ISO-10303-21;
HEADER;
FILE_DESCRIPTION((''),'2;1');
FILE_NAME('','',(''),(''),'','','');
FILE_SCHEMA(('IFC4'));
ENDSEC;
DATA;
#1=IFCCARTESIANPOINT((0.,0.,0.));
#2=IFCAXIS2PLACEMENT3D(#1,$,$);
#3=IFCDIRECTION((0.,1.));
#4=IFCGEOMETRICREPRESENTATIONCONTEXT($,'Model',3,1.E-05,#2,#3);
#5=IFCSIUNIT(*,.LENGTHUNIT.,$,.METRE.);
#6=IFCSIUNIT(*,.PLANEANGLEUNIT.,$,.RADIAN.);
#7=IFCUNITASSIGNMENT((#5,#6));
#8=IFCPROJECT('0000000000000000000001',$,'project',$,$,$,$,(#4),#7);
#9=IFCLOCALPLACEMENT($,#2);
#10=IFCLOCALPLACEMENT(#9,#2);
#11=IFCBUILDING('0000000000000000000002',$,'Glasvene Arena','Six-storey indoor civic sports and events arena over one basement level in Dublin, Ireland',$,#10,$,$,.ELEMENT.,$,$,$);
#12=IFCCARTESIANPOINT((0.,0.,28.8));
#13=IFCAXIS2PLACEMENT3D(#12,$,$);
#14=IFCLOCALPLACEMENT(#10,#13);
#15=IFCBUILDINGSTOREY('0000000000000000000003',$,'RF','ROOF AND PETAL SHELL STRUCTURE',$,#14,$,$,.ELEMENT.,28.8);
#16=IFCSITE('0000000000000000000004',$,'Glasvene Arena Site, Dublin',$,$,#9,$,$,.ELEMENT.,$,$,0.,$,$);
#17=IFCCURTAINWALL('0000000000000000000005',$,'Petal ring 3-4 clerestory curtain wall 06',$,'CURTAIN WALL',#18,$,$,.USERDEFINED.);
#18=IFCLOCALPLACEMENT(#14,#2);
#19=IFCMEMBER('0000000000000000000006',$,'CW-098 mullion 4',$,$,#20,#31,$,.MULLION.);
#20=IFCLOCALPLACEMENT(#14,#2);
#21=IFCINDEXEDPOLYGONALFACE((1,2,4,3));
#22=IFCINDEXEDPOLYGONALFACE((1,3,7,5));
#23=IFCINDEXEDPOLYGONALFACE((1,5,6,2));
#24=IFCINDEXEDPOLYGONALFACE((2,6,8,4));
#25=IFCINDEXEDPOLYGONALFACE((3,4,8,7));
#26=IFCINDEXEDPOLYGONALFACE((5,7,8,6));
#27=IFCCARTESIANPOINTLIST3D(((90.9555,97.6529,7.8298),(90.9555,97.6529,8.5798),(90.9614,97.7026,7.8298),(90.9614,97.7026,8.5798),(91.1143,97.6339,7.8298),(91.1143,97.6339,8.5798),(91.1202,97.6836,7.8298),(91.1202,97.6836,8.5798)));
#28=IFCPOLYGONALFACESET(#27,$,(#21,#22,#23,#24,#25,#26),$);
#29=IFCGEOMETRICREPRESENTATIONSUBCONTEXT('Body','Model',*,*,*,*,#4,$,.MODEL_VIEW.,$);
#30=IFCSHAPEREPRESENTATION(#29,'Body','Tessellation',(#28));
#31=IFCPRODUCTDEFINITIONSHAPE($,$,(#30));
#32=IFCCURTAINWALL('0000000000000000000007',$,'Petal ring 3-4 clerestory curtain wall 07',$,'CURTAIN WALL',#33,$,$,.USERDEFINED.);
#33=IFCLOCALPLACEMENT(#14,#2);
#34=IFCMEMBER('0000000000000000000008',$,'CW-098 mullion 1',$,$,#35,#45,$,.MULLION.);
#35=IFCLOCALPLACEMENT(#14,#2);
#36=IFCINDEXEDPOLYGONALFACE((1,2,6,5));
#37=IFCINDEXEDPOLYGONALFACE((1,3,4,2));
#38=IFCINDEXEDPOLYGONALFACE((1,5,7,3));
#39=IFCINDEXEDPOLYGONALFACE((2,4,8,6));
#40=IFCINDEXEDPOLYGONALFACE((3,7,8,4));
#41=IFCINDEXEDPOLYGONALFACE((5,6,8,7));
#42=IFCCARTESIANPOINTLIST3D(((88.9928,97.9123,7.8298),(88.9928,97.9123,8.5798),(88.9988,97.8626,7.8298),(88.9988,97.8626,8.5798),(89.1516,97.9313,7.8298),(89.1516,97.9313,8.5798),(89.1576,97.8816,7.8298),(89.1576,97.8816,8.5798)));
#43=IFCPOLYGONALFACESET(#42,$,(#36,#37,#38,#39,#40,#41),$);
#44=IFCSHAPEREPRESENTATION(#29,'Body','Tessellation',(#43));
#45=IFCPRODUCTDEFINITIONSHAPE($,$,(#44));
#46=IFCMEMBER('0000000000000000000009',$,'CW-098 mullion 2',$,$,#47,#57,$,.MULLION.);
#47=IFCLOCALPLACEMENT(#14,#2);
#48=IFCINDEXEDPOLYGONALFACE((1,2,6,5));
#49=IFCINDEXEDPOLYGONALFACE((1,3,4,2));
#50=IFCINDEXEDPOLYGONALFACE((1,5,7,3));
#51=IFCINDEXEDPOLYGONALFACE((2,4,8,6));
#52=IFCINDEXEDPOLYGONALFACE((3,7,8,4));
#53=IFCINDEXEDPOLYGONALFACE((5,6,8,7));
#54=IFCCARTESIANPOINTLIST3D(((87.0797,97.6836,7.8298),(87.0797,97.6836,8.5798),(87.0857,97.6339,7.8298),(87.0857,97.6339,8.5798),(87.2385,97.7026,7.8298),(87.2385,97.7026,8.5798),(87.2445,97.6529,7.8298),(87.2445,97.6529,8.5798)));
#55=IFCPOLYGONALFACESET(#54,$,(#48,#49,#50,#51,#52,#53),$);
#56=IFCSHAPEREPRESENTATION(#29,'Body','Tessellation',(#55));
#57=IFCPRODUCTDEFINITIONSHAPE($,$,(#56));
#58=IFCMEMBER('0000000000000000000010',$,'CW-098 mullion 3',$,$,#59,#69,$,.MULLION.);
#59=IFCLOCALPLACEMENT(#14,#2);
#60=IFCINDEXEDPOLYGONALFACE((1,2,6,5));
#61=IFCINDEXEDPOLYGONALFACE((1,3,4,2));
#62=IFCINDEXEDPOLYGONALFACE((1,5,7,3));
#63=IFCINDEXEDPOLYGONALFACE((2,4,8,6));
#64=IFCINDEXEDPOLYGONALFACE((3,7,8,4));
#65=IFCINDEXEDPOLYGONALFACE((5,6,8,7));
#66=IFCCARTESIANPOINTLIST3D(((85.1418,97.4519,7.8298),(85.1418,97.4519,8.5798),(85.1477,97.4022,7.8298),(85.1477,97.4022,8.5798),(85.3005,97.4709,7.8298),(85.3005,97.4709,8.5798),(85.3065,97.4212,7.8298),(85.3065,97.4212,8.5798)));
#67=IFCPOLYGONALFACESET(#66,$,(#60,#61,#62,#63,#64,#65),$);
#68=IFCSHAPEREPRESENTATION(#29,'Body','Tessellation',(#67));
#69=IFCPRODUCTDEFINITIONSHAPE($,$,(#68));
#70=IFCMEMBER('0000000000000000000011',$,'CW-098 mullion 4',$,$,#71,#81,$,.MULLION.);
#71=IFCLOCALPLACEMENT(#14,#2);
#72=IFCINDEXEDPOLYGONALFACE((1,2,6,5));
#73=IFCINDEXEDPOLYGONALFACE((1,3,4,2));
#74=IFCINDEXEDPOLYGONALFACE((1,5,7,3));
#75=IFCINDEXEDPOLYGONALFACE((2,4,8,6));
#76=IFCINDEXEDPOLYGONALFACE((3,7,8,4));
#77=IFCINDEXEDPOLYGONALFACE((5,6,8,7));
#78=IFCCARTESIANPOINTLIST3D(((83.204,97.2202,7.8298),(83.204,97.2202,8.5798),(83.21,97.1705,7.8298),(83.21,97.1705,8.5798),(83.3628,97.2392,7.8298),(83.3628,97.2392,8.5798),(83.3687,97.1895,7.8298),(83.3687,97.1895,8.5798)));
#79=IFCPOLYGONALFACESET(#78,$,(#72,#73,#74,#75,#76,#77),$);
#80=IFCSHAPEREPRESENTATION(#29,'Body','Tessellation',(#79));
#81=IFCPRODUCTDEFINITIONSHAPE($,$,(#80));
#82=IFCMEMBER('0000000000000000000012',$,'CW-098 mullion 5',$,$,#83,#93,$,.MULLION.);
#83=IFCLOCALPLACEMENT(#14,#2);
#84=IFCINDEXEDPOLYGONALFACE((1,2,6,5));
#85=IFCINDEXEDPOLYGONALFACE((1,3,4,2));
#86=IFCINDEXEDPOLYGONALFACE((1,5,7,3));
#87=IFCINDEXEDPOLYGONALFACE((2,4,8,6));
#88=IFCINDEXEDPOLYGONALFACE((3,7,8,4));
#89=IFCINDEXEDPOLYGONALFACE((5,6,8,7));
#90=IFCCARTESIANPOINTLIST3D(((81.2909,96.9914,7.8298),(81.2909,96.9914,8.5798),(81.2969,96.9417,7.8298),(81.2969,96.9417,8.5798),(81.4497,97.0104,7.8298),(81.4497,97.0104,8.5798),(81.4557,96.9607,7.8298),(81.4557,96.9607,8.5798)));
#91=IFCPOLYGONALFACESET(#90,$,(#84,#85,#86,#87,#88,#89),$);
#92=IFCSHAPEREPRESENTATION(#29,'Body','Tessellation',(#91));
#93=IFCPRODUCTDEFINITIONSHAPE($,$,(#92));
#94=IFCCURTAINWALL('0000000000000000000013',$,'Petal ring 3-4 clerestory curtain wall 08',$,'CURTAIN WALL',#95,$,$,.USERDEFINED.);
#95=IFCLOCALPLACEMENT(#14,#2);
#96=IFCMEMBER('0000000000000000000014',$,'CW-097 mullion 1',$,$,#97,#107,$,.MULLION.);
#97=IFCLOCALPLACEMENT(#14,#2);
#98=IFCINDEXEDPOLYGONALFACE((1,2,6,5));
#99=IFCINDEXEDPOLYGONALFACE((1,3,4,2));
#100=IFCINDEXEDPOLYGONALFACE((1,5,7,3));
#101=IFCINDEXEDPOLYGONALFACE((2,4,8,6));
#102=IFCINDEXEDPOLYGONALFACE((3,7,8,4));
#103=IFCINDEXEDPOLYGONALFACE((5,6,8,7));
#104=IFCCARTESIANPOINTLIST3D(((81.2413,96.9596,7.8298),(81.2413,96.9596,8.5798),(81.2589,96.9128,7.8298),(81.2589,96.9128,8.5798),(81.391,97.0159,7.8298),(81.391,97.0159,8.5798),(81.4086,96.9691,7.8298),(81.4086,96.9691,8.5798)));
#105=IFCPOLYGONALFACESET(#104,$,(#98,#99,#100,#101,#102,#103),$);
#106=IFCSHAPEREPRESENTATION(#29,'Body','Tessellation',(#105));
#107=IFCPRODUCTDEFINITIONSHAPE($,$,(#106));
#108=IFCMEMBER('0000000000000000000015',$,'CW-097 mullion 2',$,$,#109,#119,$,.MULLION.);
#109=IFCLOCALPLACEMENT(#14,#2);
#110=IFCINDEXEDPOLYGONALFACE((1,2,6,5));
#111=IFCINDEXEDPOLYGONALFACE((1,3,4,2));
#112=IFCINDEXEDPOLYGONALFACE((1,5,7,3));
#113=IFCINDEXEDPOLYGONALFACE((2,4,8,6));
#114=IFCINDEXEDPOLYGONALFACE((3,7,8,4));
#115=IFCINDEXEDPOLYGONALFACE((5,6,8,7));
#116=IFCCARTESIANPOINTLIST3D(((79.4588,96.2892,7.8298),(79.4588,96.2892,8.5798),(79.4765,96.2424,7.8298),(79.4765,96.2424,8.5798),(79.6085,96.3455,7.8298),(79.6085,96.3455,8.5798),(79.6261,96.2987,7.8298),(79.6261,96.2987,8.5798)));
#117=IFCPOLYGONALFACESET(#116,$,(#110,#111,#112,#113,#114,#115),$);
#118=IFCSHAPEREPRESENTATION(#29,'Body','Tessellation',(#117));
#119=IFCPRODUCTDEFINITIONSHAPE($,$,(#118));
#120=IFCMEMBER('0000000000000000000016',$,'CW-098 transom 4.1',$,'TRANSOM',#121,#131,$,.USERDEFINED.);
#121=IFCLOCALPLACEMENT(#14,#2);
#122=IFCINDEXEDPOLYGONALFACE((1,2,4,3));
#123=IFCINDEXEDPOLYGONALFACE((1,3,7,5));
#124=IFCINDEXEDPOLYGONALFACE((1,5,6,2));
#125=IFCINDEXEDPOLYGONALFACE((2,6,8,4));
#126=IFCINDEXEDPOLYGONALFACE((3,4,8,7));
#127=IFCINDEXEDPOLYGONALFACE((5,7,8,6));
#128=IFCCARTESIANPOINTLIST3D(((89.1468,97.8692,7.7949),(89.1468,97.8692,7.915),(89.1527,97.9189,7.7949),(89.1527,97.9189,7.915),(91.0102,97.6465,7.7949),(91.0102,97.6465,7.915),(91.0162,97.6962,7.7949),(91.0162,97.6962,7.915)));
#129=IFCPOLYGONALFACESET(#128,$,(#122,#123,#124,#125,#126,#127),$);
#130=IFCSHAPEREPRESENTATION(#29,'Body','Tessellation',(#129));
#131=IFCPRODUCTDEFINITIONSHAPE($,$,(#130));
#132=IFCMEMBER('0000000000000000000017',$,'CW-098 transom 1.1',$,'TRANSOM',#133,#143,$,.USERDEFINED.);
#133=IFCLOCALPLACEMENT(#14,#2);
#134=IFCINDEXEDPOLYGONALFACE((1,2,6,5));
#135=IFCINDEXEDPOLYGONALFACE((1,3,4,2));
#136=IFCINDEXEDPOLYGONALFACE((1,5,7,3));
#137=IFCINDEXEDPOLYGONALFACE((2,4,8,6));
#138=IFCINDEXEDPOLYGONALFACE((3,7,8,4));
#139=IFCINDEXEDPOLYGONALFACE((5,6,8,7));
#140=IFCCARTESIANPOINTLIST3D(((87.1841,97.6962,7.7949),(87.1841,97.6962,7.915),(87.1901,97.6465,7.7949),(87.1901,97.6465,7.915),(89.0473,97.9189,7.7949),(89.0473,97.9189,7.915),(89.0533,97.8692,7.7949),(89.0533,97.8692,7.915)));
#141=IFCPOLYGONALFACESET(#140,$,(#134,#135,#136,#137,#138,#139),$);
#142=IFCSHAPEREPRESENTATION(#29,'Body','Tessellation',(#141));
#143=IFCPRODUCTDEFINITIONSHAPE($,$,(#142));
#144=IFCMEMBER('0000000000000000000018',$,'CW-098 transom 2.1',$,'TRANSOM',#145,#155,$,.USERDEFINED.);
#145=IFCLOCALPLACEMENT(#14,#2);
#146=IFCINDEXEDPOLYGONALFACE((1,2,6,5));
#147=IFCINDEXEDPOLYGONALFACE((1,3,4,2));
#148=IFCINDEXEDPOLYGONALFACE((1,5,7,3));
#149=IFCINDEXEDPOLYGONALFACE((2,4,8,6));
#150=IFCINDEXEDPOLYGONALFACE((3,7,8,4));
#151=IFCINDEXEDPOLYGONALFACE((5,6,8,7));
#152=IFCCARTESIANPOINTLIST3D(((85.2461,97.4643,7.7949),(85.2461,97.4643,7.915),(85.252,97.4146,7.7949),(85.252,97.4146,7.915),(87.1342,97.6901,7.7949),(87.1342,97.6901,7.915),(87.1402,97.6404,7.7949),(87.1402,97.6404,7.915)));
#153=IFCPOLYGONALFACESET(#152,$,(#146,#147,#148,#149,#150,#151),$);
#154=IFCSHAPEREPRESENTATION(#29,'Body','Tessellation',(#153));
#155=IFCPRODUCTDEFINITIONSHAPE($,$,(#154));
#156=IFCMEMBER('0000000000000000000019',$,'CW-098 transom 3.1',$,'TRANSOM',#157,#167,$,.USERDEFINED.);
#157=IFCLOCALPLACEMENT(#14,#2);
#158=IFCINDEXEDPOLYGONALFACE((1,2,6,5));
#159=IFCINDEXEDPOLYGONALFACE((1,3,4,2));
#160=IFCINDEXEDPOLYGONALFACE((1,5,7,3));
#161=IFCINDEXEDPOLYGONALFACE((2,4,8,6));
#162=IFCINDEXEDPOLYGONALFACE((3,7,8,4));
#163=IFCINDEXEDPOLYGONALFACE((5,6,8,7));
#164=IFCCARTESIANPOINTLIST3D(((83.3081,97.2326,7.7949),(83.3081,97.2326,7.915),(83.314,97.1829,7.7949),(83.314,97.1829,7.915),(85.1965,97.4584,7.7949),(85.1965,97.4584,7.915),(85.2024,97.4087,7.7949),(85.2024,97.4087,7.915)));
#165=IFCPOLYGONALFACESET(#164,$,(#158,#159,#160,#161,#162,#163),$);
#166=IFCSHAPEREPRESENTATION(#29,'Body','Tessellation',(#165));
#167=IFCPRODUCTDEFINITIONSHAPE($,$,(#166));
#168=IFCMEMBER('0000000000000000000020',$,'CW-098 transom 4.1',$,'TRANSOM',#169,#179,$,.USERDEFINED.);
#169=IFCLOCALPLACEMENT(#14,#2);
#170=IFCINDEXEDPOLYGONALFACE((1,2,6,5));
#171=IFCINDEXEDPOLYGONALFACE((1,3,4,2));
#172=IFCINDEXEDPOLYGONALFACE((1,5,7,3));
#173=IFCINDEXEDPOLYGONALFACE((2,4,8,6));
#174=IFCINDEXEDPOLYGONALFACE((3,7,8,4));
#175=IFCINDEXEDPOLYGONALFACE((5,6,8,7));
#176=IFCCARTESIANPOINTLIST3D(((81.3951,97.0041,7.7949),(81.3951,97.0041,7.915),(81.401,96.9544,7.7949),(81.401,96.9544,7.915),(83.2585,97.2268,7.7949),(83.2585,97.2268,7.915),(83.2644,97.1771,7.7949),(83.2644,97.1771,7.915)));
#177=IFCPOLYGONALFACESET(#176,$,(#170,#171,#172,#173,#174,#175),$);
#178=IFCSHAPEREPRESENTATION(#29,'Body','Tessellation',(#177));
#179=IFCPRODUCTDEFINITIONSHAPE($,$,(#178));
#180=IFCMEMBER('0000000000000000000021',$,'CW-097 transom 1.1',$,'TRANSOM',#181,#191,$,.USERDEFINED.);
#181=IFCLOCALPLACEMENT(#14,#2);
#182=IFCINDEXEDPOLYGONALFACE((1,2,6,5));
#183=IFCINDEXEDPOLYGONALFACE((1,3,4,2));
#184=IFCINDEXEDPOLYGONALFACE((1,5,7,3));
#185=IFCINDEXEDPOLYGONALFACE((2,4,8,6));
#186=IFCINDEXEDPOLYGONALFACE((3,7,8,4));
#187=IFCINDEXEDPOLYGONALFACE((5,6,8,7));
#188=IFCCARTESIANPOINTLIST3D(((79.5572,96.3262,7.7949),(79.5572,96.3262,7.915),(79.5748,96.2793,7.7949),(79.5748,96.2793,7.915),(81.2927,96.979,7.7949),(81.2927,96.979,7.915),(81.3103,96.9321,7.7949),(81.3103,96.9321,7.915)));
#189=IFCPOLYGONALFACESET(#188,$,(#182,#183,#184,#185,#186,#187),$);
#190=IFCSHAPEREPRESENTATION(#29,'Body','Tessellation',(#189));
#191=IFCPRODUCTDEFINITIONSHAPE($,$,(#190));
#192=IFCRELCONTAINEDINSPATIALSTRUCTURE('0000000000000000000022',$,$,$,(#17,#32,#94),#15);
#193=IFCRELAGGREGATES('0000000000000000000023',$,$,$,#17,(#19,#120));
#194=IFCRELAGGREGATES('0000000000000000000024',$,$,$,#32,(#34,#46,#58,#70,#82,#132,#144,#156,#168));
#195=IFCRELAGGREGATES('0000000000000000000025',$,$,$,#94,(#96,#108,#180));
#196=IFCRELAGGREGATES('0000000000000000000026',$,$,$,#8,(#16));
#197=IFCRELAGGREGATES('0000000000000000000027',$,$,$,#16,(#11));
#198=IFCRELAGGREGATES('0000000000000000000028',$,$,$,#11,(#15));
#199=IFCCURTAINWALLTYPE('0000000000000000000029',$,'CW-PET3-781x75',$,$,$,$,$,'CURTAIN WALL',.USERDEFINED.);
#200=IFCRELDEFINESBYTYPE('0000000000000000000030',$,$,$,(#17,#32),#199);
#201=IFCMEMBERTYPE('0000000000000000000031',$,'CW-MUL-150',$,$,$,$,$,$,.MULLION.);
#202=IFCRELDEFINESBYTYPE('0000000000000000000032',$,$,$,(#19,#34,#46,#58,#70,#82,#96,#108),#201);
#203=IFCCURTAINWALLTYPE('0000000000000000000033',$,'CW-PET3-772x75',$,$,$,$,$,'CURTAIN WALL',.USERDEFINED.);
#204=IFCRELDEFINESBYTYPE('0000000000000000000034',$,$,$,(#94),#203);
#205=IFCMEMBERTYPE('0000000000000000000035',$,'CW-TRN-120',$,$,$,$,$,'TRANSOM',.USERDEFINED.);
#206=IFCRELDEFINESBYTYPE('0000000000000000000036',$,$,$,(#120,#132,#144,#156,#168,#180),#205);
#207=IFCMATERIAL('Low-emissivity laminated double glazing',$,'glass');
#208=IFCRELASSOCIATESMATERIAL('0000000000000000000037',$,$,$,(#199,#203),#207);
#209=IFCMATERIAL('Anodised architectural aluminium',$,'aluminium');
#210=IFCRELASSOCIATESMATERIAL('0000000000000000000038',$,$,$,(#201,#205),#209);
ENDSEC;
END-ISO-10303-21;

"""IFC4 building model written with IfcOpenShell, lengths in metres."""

from ifc_helpers import new_model, si_unit, direction, frame, origin, origin_2d, place, context, subcontext, project, spatial, rectangle, extrude, material, material_profile, profile_set, type_object, element, aggregate, save


model = new_model("IFC4")

# Units and contexts
model_context = context("Model", 3, precision=1e-05, world=origin(), true_north=direction((0.0, 1.0)))
body_context = subcontext(model_context, "Body", "Model", "MODEL_VIEW")
ifc_project = project(units=[si_unit("LENGTHUNIT", "METRE"), si_unit("PLANEANGLEUNIT", "RADIAN")], contexts=[model_context])

# Site, building, storey
site_placement = place(None, origin())
site = spatial("IfcSite", under=ifc_project, at=site_placement, Name="Glasvene Arena Site, Dublin", CompositionType="ELEMENT", RefElevation=0.0)
building_placement = place(site_placement, origin())
building = spatial("IfcBuilding", under=site, at=building_placement, Name="Glasvene Arena", Description="Six-storey indoor civic sports and events arena over one basement level in Dublin, Ireland", CompositionType="ELEMENT")
storey_placement = place(building_placement, frame((0.0, 0.0, 28.8)))
storey = spatial("IfcBuildingStorey", under=building, at=storey_placement, Name="RF", Description="ROOF AND PETAL SHELL STRUCTURE", CompositionType="ELEMENT", Elevation=28.8)

# Curtain wall, member
ifc_material_1 = material(Name="Low-emissivity laminated double glazing", Category="glass")
curtain_wall_type_1 = type_object("IfcCurtainWallType", Name="CW-PET3-781x75", ElementType="CURTAIN WALL", PredefinedType="USERDEFINED", material=ifc_material_1)
curtain_wall_1_placement = place(storey_placement, frame((96.8516, 96.9731, 0.0)))
curtain_wall_1 = element("IfcCurtainWall", 1, at=curtain_wall_1_placement, inside=storey, type_object=curtain_wall_type_1, Name="Petal ring 3-4 clerestory curtain wall 06", ObjectType="CURTAIN WALL", PredefinedType="USERDEFINED")
ifc_material_2 = material(Name="Anodised architectural aluminium", Category="aluminium")
ifc_material_profile_1 = material_profile(ifc_material_2, rectangle(XDim=0.05, YDim=0.1599, at=origin_2d()), Name="ALU MULLION 50x160")
ifc_profile_set_1 = profile_set([ifc_material_profile_1], Name="Anodised architectural aluminium")
member_type_1 = type_object("IfcMemberType", Name="CW-MUL-150", PredefinedType="MULLION", material=ifc_profile_set_1)
member_1_placement = place(storey_placement, frame((91.0378, 97.6682, 7.8298), z_axis=(0.0, 0.0, 1.0), x_axis=(-0.118717, -0.992928, 0.0)))
member_1 = element("IfcMember", 2, at=member_1_placement, type_object=member_type_1, Name="CW-098 mullion 4", PredefinedType="MULLION", context=body_context, shape_type="SweptSolid", body=[
    extrude(rectangle(XDim=0.05, YDim=0.1599, at=origin_2d()), origin(), (0.0, 0.0, 1.0), 0.75),
])

# Curtain walls, members
curtain_wall_2_placement = place(storey_placement, frame((89.1001, 97.8999, 0.0)))
curtain_wall_2 = element("IfcCurtainWall", 3, at=curtain_wall_2_placement, inside=storey, type_object=curtain_wall_type_1, Name="Petal ring 3-4 clerestory curtain wall 07", ObjectType="CURTAIN WALL", PredefinedType="USERDEFINED")
member_2_placement = place(storey_placement, frame((89.0752, 97.897, 7.8298), z_axis=(0.0, 0.0, 1.0), x_axis=(0.118717, -0.992928, 0.0)))
member_2 = element("IfcMember", 4, at=member_2_placement, type_object=member_type_1, Name="CW-098 mullion 1", PredefinedType="MULLION", context=body_context, shape_type="SweptSolid", body=[
    extrude(rectangle(XDim=0.05, YDim=0.1599, at=origin_2d()), origin(), (0.0, 0.0, 1.0), 0.75),
])
member_3_placement = place(storey_placement, frame((87.1621, 97.6682, 7.8298), z_axis=(0.0, 0.0, 1.0), x_axis=(0.118717, -0.992928, 0.0)))
member_3 = element("IfcMember", 5, at=member_3_placement, type_object=member_type_1, Name="CW-098 mullion 2", PredefinedType="MULLION", context=body_context, shape_type="SweptSolid", body=[
    extrude(rectangle(XDim=0.05, YDim=0.1599, at=origin_2d()), origin(), (0.0, 0.0, 1.0), 0.75),
])
member_4_placement = place(storey_placement, frame((85.2241, 97.4365, 7.8298), z_axis=(0.0, 0.0, 1.0), x_axis=(0.118717, -0.992928, 0.0)))
member_4 = element("IfcMember", 6, at=member_4_placement, type_object=member_type_1, Name="CW-098 mullion 3", PredefinedType="MULLION", context=body_context, shape_type="SweptSolid", body=[
    extrude(rectangle(XDim=0.05, YDim=0.1599, at=origin_2d()), origin(), (0.0, 0.0, 1.0), 0.75),
])
member_5_placement = place(storey_placement, frame((83.2864, 97.2048, 7.8298), z_axis=(0.0, 0.0, 1.0), x_axis=(0.118717, -0.992928, 0.0)))
member_5 = element("IfcMember", 7, at=member_5_placement, type_object=member_type_1, Name="CW-098 mullion 4", PredefinedType="MULLION", context=body_context, shape_type="SweptSolid", body=[
    extrude(rectangle(XDim=0.05, YDim=0.1599, at=origin_2d()), origin(), (0.0, 0.0, 1.0), 0.75),
])
member_6_placement = place(storey_placement, frame((81.3733, 96.9761, 7.8298), z_axis=(0.0, 0.0, 1.0), x_axis=(0.118717, -0.992928, 0.0)))
member_6 = element("IfcMember", 8, at=member_6_placement, type_object=member_type_1, Name="CW-098 mullion 5", PredefinedType="MULLION", context=body_context, shape_type="SweptSolid", body=[
    extrude(rectangle(XDim=0.05, YDim=0.1599, at=origin_2d()), origin(), (0.0, 0.0, 1.0), 0.75),
])
curtain_wall_type_2 = type_object("IfcCurtainWallType", Name="CW-PET3-772x75", ElementType="CURTAIN WALL", PredefinedType="USERDEFINED", material=ifc_material_1)
curtain_wall_3_placement = place(storey_placement, frame((81.3484, 96.9731, 0.0)))
curtain_wall_3 = element("IfcCurtainWall", 9, at=curtain_wall_3_placement, inside=storey, type_object=curtain_wall_type_2, Name="Petal ring 3-4 clerestory curtain wall 08", ObjectType="CURTAIN WALL", PredefinedType="USERDEFINED")
member_7_placement = place(storey_placement, frame((81.325, 96.9644, 7.8298), z_axis=(0.0, 0.0, 1.0), x_axis=(0.352092, -0.935966, 0.0)))
member_7 = element("IfcMember", 10, at=member_7_placement, type_object=member_type_1, Name="CW-097 mullion 1", PredefinedType="MULLION", context=body_context, shape_type="SweptSolid", body=[
    extrude(rectangle(XDim=0.05, YDim=0.1599, at=origin_2d()), origin(), (0.0, 0.0, 1.0), 0.75),
])
member_8_placement = place(storey_placement, frame((79.5425, 96.2939, 7.8298), z_axis=(0.0, 0.0, 1.0), x_axis=(0.352092, -0.935966, 0.0)))
member_8 = element("IfcMember", 11, at=member_8_placement, type_object=member_type_1, Name="CW-097 mullion 2", PredefinedType="MULLION", context=body_context, shape_type="SweptSolid", body=[
    extrude(rectangle(XDim=0.05, YDim=0.1599, at=origin_2d()), origin(), (0.0, 0.0, 1.0), 0.75),
])

# Members
ifc_material_profile_2 = material_profile(ifc_material_2, rectangle(XDim=0.05, YDim=0.1201, at=origin_2d()), Name="ALU TRANSOM 50x120")
ifc_profile_set_2 = profile_set([ifc_material_profile_2], Name="Anodised architectural aluminium")
member_type_2 = type_object("IfcMemberType", Name="CW-TRN-120", ElementType="TRANSOM", PredefinedType="USERDEFINED", material=ifc_profile_set_2)
member_9_placement = place(storey_placement, frame((91.0132, 97.6714, 7.855), z_axis=(-0.992938, 0.118637, 0.0), x_axis=(-0.118637, -0.992938, 0.0)))
member_9 = element("IfcMember", 12, at=member_9_placement, type_object=member_type_2, Name="CW-098 transom 4.1", ObjectType="TRANSOM", PredefinedType="USERDEFINED", context=body_context, shape_type="SweptSolid", body=[
    extrude(rectangle(XDim=0.05, YDim=0.1201, at=origin_2d()), origin(), (0.0, 0.0, 1.0), 1.8767),
])
member_10_placement = place(storey_placement, frame((89.0503, 97.894, 7.855), z_axis=(-0.992936, -0.118653, 0.0), x_axis=(0.118653, -0.992936, 0.0)))
member_10 = element("IfcMember", 13, at=member_10_placement, type_object=member_type_2, Name="CW-098 transom 1.1", ObjectType="TRANSOM", PredefinedType="USERDEFINED", context=body_context, shape_type="SweptSolid", body=[
    extrude(rectangle(XDim=0.05, YDim=0.1201, at=origin_2d()), origin(), (0.0, 0.0, 1.0), 1.8765),
])
member_11_placement = place(storey_placement, frame((87.1372, 97.6653, 7.855), z_axis=(-0.992924, -0.118755, 0.0), x_axis=(0.118755, -0.992924, 0.0)))
member_11 = element("IfcMember", 14, at=member_11_placement, type_object=member_type_2, Name="CW-098 transom 2.1", ObjectType="TRANSOM", PredefinedType="USERDEFINED", context=body_context, shape_type="SweptSolid", body=[
    extrude(rectangle(XDim=0.05, YDim=0.1201, at=origin_2d()), origin(), (0.0, 0.0, 1.0), 1.9016),
])
member_12_placement = place(storey_placement, frame((85.1995, 97.4336, 7.855), z_axis=(-0.992925, -0.11874, 0.0), x_axis=(0.11874, -0.992925, 0.0)))
member_12 = element("IfcMember", 15, at=member_12_placement, type_object=member_type_2, Name="CW-098 transom 3.1", ObjectType="TRANSOM", PredefinedType="USERDEFINED", context=body_context, shape_type="SweptSolid", body=[
    extrude(rectangle(XDim=0.05, YDim=0.1201, at=origin_2d()), origin(), (0.0, 0.0, 1.0), 1.9019),
])
member_13_placement = place(storey_placement, frame((83.2615, 97.2019, 7.855), z_axis=(-0.992938, -0.118637, 0.0), x_axis=(0.118637, -0.992938, 0.0)))
member_13 = element("IfcMember", 16, at=member_13_placement, type_object=member_type_2, Name="CW-098 transom 4.1", ObjectType="TRANSOM", PredefinedType="USERDEFINED", context=body_context, shape_type="SweptSolid", body=[
    extrude(rectangle(XDim=0.05, YDim=0.1201, at=origin_2d()), origin(), (0.0, 0.0, 1.0), 1.8767),
])
member_14_placement = place(storey_placement, frame((81.3015, 96.9556, 7.855), z_axis=(-0.935977, -0.352061, 0.0), x_axis=(0.352061, -0.935977, 0.0)))
member_14 = element("IfcMember", 17, at=member_14_placement, type_object=member_type_2, Name="CW-097 transom 1.1", ObjectType="TRANSOM", PredefinedType="USERDEFINED", context=body_context, shape_type="SweptSolid", body=[
    extrude(rectangle(XDim=0.05, YDim=0.1201, at=origin_2d()), origin(), (0.0, 0.0, 1.0), 1.8542),
])

aggregate(curtain_wall_1, [member_1, member_9])
aggregate(curtain_wall_2, [member_2, member_3, member_4, member_5, member_6, member_10, member_11, member_12, member_13])
aggregate(curtain_wall_3, [member_7, member_8, member_14])

save(model, "model.ifc")
